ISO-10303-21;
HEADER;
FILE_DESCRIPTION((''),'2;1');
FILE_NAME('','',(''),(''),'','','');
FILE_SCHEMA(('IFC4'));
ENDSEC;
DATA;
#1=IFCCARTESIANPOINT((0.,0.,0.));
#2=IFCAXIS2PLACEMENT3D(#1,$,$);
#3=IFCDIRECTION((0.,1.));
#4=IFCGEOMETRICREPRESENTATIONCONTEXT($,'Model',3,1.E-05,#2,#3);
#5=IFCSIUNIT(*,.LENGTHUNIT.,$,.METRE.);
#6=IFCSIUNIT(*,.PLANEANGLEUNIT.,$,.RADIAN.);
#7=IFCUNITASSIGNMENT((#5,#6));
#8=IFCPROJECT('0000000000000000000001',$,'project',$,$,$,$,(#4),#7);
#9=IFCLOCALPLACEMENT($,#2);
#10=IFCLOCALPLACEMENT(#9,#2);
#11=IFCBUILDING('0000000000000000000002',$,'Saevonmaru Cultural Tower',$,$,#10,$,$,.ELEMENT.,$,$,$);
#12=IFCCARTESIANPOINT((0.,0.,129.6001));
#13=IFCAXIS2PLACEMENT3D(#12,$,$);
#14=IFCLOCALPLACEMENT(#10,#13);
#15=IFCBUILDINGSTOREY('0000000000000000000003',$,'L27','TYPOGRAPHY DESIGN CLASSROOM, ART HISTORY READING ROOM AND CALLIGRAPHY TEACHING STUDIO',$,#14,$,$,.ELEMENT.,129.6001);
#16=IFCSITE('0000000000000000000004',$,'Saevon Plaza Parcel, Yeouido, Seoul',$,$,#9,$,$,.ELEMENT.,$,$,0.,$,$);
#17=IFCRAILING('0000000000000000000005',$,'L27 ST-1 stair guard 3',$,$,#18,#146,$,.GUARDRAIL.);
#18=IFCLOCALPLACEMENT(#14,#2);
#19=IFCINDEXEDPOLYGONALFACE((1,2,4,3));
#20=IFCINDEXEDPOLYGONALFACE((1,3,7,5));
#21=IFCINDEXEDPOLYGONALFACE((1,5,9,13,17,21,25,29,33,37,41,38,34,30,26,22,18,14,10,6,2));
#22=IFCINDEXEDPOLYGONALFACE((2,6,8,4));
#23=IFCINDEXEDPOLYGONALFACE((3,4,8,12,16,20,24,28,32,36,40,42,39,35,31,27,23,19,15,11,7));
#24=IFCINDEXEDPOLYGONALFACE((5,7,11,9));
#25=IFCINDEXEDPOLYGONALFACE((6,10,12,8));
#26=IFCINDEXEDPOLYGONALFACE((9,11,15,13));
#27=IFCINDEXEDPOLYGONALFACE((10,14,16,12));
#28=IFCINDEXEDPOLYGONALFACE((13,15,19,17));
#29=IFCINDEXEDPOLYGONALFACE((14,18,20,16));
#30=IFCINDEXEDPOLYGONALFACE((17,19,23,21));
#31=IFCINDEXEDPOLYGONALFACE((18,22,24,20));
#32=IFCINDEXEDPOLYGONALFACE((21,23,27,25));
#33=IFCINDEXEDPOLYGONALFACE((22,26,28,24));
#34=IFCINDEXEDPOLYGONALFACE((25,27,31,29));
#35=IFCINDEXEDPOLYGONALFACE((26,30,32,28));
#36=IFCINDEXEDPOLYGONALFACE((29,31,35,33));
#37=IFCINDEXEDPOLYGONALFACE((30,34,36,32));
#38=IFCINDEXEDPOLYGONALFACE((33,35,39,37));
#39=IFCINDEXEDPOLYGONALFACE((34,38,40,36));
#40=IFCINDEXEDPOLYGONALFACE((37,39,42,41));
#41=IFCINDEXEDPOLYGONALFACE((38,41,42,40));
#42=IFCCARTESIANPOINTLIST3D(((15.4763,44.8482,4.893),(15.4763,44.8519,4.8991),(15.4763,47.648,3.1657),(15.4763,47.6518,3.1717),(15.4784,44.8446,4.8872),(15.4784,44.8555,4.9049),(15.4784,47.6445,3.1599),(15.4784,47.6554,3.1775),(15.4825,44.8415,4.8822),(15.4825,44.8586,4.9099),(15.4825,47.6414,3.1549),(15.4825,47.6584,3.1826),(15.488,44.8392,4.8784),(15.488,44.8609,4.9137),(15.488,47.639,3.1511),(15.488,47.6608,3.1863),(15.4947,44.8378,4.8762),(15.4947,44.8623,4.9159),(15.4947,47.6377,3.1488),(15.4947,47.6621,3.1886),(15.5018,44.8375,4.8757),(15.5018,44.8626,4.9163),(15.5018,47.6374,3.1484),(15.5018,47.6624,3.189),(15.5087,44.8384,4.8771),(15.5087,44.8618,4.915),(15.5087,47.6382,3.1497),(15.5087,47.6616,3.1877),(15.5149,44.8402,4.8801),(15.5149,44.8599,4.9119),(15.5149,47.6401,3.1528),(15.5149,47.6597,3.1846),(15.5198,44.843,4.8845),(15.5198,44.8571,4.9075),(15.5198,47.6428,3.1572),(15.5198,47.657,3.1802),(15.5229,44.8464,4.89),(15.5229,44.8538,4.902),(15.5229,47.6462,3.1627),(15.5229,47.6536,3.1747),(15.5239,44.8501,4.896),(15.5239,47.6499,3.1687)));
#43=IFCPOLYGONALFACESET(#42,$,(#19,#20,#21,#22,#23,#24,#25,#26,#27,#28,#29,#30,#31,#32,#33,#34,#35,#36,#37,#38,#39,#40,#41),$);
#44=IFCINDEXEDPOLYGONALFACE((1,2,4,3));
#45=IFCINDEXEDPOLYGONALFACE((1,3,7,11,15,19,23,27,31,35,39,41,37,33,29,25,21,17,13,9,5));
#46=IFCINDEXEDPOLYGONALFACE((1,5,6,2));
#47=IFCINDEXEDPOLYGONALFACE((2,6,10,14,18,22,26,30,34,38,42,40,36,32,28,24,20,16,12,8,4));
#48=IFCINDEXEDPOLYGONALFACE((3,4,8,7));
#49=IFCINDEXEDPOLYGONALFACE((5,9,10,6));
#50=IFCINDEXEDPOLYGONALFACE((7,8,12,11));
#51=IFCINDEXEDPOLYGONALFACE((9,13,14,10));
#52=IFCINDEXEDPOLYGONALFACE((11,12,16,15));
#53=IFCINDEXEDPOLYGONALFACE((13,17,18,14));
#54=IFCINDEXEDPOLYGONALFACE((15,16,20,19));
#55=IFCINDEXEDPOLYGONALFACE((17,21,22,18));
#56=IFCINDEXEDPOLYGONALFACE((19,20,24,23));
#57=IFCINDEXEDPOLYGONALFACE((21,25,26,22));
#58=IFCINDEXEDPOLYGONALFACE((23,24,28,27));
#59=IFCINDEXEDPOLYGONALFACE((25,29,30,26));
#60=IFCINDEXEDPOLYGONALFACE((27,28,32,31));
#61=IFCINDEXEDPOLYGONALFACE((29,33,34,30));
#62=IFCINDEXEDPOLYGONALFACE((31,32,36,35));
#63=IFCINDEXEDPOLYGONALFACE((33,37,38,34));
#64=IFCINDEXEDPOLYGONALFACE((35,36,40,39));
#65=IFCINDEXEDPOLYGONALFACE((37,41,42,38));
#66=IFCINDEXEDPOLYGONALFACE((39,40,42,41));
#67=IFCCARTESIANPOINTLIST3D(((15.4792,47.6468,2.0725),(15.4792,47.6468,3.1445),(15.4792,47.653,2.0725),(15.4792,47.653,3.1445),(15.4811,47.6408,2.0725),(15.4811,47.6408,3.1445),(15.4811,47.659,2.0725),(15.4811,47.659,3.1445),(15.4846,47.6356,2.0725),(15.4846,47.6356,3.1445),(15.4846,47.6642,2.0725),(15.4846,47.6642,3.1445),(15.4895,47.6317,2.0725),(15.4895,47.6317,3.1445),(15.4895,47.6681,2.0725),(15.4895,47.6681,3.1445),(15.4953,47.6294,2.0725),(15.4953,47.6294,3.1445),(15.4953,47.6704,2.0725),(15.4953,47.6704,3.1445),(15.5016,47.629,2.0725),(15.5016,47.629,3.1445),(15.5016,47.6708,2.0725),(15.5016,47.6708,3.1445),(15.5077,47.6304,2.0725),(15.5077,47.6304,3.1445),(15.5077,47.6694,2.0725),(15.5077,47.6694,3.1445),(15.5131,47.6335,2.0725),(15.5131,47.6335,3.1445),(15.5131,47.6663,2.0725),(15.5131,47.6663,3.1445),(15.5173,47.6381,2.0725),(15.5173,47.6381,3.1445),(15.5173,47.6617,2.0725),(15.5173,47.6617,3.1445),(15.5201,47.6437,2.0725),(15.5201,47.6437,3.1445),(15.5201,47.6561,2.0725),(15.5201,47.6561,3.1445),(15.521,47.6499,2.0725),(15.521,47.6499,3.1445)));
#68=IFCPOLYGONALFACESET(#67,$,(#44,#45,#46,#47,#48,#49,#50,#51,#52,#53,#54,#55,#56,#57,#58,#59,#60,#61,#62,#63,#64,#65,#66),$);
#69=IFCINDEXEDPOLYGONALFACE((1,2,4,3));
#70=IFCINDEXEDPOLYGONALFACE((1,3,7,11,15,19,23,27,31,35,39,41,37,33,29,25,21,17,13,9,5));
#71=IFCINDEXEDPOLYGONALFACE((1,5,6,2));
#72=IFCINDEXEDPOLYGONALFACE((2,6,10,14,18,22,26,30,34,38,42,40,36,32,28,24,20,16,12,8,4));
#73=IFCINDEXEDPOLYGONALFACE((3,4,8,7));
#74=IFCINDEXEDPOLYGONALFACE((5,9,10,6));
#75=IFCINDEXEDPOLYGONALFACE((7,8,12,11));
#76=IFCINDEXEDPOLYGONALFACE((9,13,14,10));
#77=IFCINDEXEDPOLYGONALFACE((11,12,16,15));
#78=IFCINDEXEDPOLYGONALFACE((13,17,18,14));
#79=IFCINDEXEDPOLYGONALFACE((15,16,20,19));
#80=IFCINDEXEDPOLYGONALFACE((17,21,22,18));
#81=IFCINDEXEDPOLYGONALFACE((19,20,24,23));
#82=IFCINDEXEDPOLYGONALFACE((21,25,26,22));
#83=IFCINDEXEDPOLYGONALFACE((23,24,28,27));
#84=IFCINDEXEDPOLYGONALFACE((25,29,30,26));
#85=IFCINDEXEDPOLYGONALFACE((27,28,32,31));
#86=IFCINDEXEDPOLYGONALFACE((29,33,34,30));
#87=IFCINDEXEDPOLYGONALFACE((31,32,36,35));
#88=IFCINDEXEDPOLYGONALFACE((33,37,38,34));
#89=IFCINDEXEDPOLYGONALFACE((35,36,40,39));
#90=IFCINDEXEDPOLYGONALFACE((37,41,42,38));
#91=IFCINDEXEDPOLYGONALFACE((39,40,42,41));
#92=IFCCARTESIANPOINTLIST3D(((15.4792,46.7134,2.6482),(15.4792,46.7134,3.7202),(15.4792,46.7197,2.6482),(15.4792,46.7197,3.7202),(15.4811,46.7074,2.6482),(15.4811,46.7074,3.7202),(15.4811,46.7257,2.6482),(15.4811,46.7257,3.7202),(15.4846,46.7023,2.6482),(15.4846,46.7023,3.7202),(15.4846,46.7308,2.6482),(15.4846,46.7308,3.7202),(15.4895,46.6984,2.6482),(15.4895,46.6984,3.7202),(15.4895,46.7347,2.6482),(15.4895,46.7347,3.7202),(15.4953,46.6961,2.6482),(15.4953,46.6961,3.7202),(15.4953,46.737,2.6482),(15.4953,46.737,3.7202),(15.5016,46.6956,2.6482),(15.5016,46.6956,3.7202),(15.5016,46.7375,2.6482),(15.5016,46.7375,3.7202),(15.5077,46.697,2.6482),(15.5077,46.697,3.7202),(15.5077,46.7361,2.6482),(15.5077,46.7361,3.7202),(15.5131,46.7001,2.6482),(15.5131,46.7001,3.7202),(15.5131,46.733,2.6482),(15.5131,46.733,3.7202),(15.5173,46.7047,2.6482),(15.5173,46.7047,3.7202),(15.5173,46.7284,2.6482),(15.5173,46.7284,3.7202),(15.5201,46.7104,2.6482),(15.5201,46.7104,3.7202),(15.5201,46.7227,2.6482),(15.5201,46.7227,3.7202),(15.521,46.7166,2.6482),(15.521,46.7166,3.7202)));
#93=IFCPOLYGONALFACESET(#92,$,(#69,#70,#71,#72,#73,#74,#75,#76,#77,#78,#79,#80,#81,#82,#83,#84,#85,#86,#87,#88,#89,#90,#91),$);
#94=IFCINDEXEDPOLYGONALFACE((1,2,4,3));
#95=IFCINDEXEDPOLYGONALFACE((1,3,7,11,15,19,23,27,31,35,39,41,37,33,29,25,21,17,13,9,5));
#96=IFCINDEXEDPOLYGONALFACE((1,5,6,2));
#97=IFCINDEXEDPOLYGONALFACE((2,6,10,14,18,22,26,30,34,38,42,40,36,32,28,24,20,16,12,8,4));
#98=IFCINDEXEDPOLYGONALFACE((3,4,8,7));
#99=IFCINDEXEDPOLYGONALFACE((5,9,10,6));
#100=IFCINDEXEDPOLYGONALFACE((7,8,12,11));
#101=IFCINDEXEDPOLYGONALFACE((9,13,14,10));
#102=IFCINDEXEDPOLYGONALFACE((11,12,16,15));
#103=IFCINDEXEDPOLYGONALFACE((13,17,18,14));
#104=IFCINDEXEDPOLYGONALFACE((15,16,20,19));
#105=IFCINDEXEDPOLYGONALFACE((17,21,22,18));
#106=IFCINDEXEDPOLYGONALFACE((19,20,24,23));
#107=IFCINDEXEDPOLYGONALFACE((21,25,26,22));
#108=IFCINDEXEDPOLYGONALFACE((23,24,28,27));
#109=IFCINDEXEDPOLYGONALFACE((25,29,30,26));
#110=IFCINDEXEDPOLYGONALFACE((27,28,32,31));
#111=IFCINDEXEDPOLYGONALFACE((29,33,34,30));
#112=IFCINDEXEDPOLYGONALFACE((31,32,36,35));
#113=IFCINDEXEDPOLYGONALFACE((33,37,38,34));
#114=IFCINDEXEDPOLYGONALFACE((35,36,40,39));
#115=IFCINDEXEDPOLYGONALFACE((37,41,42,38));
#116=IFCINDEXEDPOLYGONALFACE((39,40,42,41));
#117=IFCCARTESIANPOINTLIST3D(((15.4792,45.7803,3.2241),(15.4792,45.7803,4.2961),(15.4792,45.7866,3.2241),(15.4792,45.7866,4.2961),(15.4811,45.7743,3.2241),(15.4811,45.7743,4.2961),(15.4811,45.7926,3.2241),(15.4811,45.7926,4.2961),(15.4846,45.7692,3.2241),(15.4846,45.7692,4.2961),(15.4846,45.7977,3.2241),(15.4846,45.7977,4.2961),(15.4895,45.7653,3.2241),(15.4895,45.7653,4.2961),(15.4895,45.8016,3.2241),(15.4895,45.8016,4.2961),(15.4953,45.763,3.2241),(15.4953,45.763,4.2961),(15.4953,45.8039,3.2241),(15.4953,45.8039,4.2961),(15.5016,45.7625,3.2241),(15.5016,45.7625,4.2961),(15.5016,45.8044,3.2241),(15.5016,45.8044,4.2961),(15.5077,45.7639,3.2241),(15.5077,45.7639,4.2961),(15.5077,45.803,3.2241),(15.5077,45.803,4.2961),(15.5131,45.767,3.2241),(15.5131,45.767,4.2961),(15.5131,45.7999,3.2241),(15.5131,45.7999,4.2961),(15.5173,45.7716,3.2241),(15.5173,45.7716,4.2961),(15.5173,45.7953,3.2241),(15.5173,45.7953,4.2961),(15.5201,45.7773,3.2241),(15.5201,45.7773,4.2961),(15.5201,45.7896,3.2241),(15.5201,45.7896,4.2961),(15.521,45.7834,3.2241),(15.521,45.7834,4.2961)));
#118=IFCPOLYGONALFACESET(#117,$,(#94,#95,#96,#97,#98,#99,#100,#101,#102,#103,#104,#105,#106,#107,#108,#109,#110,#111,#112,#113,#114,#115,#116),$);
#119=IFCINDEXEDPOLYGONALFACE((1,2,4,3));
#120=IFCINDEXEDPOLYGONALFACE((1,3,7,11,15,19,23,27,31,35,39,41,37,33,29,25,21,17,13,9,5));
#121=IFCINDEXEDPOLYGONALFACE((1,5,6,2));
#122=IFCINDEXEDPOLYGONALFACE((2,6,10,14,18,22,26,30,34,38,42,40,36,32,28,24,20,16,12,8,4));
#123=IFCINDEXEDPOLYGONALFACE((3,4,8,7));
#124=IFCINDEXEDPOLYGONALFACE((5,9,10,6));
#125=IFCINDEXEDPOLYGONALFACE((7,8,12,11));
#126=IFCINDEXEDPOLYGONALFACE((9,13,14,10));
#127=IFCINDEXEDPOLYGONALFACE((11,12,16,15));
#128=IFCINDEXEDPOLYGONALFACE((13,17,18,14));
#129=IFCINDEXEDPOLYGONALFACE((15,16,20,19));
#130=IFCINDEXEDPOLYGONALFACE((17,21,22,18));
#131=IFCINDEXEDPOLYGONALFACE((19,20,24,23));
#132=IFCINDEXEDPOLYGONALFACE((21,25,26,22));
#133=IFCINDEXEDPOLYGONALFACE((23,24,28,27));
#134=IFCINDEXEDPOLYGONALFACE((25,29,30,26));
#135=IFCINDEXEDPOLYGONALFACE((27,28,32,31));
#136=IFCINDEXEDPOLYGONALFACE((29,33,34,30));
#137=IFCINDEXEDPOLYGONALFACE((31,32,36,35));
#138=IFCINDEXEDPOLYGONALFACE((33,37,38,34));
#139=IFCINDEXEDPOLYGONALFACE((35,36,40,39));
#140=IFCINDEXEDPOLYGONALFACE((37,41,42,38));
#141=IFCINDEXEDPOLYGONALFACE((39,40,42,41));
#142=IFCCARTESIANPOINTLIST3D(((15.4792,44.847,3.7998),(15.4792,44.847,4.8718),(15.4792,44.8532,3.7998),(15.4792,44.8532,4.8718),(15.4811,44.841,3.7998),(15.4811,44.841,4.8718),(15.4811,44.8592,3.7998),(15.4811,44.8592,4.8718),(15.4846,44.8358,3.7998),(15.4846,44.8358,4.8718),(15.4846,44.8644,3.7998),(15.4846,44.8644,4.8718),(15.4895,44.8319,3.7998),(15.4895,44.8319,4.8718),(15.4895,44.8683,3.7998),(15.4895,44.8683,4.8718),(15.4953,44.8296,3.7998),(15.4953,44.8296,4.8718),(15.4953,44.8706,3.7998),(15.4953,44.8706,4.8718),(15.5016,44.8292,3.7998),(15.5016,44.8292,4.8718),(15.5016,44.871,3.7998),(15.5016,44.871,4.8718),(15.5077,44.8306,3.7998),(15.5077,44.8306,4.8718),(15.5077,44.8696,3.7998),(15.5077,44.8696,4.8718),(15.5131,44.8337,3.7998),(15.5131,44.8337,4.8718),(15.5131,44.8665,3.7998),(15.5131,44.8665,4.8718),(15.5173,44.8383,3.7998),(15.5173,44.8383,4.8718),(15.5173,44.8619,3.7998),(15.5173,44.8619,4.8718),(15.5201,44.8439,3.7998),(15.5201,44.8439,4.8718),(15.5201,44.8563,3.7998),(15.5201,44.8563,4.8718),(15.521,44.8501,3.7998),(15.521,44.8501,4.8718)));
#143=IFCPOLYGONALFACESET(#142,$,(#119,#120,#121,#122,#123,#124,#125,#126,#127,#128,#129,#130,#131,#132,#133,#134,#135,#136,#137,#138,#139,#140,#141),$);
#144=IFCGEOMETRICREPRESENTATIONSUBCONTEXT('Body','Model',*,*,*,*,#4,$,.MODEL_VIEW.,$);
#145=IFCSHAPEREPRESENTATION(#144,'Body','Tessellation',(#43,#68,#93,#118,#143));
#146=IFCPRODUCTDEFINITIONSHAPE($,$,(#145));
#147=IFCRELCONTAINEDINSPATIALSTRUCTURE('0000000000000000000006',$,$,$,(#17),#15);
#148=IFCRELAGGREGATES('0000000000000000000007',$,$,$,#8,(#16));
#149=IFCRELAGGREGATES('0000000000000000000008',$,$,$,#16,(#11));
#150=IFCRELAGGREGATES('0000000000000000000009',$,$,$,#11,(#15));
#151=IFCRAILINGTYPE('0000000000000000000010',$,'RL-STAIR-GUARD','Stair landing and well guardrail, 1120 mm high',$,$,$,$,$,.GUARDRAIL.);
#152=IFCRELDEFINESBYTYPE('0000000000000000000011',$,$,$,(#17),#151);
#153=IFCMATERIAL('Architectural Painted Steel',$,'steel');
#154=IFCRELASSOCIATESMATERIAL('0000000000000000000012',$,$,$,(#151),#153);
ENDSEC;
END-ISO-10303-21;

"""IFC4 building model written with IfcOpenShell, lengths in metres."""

from ifc_helpers import new_model, si_unit, direction, frame, origin, origin_2d, place, context, subcontext, project, spatial, circle, extrude, material, type_object, element, save


model = new_model("IFC4")

# Units and contexts
model_context = context("Model", 3, precision=1e-05, world=origin(), true_north=direction((0.0, 1.0)))
body_context = subcontext(model_context, "Body", "Model", "MODEL_VIEW")
ifc_project = project(units=[si_unit("LENGTHUNIT", "METRE"), si_unit("PLANEANGLEUNIT", "RADIAN")], contexts=[model_context])

# Site, building, storey
site_placement = place(None, origin())
site = spatial("IfcSite", under=ifc_project, at=site_placement, Name="Saevon Plaza Parcel, Yeouido, Seoul", CompositionType="ELEMENT", RefElevation=0.0)
building_placement = place(site_placement, origin())
building = spatial("IfcBuilding", under=site, at=building_placement, Name="Saevonmaru Cultural Tower", CompositionType="ELEMENT")
storey_placement = place(building_placement, frame((0.0, 0.0, 129.6001)))
storey = spatial("IfcBuildingStorey", under=building, at=storey_placement, Name="L27", Description="TYPOGRAPHY DESIGN CLASSROOM, ART HISTORY READING ROOM AND CALLIGRAPHY TEACHING STUDIO", CompositionType="ELEMENT", Elevation=129.6001)

# Railing
ifc_material_1 = material(Name="Architectural Painted Steel", Category="steel")
railing_type_1 = type_object("IfcRailingType", Name="RL-STAIR-GUARD", Description="Stair landing and well guardrail, 1120 mm high", PredefinedType="GUARDRAIL", material=ifc_material_1)
railing_1_placement = place(storey_placement, frame((15.5, 47.6499, 2.0725)))
element("IfcRailing", 1, at=railing_1_placement, inside=storey, type_object=railing_type_1, Name="L27 ST-1 stair guard 3", PredefinedType="GUARDRAIL", context=body_context, shape_type="SweptSolid", body=[
    extrude(circle(Radius=0.0239, at=origin_2d()), frame((0.0, 0.0, 1.0962), z_axis=(0.0, -0.851069, 0.525054), x_axis=(1.0, 0.0, 0.0)), (0.0, 0.0, 1.0), 3.2898),
    extrude(circle(Radius=0.021, at=origin_2d()), origin(), (0.0, 0.0, 1.0), 1.072),
    extrude(circle(Radius=0.021, at=origin_2d()), frame((0.0, -0.9333, 0.5757)), (0.0, 0.0, 1.0), 1.072),
    extrude(circle(Radius=0.021, at=origin_2d()), frame((0.0, -1.8665, 1.1516)), (0.0, 0.0, 1.0), 1.072),
    extrude(circle(Radius=0.021, at=origin_2d()), frame((0.0, -2.7998, 1.7273)), (0.0, 0.0, 1.0), 1.072),
])

save(model, "model.ifc")
